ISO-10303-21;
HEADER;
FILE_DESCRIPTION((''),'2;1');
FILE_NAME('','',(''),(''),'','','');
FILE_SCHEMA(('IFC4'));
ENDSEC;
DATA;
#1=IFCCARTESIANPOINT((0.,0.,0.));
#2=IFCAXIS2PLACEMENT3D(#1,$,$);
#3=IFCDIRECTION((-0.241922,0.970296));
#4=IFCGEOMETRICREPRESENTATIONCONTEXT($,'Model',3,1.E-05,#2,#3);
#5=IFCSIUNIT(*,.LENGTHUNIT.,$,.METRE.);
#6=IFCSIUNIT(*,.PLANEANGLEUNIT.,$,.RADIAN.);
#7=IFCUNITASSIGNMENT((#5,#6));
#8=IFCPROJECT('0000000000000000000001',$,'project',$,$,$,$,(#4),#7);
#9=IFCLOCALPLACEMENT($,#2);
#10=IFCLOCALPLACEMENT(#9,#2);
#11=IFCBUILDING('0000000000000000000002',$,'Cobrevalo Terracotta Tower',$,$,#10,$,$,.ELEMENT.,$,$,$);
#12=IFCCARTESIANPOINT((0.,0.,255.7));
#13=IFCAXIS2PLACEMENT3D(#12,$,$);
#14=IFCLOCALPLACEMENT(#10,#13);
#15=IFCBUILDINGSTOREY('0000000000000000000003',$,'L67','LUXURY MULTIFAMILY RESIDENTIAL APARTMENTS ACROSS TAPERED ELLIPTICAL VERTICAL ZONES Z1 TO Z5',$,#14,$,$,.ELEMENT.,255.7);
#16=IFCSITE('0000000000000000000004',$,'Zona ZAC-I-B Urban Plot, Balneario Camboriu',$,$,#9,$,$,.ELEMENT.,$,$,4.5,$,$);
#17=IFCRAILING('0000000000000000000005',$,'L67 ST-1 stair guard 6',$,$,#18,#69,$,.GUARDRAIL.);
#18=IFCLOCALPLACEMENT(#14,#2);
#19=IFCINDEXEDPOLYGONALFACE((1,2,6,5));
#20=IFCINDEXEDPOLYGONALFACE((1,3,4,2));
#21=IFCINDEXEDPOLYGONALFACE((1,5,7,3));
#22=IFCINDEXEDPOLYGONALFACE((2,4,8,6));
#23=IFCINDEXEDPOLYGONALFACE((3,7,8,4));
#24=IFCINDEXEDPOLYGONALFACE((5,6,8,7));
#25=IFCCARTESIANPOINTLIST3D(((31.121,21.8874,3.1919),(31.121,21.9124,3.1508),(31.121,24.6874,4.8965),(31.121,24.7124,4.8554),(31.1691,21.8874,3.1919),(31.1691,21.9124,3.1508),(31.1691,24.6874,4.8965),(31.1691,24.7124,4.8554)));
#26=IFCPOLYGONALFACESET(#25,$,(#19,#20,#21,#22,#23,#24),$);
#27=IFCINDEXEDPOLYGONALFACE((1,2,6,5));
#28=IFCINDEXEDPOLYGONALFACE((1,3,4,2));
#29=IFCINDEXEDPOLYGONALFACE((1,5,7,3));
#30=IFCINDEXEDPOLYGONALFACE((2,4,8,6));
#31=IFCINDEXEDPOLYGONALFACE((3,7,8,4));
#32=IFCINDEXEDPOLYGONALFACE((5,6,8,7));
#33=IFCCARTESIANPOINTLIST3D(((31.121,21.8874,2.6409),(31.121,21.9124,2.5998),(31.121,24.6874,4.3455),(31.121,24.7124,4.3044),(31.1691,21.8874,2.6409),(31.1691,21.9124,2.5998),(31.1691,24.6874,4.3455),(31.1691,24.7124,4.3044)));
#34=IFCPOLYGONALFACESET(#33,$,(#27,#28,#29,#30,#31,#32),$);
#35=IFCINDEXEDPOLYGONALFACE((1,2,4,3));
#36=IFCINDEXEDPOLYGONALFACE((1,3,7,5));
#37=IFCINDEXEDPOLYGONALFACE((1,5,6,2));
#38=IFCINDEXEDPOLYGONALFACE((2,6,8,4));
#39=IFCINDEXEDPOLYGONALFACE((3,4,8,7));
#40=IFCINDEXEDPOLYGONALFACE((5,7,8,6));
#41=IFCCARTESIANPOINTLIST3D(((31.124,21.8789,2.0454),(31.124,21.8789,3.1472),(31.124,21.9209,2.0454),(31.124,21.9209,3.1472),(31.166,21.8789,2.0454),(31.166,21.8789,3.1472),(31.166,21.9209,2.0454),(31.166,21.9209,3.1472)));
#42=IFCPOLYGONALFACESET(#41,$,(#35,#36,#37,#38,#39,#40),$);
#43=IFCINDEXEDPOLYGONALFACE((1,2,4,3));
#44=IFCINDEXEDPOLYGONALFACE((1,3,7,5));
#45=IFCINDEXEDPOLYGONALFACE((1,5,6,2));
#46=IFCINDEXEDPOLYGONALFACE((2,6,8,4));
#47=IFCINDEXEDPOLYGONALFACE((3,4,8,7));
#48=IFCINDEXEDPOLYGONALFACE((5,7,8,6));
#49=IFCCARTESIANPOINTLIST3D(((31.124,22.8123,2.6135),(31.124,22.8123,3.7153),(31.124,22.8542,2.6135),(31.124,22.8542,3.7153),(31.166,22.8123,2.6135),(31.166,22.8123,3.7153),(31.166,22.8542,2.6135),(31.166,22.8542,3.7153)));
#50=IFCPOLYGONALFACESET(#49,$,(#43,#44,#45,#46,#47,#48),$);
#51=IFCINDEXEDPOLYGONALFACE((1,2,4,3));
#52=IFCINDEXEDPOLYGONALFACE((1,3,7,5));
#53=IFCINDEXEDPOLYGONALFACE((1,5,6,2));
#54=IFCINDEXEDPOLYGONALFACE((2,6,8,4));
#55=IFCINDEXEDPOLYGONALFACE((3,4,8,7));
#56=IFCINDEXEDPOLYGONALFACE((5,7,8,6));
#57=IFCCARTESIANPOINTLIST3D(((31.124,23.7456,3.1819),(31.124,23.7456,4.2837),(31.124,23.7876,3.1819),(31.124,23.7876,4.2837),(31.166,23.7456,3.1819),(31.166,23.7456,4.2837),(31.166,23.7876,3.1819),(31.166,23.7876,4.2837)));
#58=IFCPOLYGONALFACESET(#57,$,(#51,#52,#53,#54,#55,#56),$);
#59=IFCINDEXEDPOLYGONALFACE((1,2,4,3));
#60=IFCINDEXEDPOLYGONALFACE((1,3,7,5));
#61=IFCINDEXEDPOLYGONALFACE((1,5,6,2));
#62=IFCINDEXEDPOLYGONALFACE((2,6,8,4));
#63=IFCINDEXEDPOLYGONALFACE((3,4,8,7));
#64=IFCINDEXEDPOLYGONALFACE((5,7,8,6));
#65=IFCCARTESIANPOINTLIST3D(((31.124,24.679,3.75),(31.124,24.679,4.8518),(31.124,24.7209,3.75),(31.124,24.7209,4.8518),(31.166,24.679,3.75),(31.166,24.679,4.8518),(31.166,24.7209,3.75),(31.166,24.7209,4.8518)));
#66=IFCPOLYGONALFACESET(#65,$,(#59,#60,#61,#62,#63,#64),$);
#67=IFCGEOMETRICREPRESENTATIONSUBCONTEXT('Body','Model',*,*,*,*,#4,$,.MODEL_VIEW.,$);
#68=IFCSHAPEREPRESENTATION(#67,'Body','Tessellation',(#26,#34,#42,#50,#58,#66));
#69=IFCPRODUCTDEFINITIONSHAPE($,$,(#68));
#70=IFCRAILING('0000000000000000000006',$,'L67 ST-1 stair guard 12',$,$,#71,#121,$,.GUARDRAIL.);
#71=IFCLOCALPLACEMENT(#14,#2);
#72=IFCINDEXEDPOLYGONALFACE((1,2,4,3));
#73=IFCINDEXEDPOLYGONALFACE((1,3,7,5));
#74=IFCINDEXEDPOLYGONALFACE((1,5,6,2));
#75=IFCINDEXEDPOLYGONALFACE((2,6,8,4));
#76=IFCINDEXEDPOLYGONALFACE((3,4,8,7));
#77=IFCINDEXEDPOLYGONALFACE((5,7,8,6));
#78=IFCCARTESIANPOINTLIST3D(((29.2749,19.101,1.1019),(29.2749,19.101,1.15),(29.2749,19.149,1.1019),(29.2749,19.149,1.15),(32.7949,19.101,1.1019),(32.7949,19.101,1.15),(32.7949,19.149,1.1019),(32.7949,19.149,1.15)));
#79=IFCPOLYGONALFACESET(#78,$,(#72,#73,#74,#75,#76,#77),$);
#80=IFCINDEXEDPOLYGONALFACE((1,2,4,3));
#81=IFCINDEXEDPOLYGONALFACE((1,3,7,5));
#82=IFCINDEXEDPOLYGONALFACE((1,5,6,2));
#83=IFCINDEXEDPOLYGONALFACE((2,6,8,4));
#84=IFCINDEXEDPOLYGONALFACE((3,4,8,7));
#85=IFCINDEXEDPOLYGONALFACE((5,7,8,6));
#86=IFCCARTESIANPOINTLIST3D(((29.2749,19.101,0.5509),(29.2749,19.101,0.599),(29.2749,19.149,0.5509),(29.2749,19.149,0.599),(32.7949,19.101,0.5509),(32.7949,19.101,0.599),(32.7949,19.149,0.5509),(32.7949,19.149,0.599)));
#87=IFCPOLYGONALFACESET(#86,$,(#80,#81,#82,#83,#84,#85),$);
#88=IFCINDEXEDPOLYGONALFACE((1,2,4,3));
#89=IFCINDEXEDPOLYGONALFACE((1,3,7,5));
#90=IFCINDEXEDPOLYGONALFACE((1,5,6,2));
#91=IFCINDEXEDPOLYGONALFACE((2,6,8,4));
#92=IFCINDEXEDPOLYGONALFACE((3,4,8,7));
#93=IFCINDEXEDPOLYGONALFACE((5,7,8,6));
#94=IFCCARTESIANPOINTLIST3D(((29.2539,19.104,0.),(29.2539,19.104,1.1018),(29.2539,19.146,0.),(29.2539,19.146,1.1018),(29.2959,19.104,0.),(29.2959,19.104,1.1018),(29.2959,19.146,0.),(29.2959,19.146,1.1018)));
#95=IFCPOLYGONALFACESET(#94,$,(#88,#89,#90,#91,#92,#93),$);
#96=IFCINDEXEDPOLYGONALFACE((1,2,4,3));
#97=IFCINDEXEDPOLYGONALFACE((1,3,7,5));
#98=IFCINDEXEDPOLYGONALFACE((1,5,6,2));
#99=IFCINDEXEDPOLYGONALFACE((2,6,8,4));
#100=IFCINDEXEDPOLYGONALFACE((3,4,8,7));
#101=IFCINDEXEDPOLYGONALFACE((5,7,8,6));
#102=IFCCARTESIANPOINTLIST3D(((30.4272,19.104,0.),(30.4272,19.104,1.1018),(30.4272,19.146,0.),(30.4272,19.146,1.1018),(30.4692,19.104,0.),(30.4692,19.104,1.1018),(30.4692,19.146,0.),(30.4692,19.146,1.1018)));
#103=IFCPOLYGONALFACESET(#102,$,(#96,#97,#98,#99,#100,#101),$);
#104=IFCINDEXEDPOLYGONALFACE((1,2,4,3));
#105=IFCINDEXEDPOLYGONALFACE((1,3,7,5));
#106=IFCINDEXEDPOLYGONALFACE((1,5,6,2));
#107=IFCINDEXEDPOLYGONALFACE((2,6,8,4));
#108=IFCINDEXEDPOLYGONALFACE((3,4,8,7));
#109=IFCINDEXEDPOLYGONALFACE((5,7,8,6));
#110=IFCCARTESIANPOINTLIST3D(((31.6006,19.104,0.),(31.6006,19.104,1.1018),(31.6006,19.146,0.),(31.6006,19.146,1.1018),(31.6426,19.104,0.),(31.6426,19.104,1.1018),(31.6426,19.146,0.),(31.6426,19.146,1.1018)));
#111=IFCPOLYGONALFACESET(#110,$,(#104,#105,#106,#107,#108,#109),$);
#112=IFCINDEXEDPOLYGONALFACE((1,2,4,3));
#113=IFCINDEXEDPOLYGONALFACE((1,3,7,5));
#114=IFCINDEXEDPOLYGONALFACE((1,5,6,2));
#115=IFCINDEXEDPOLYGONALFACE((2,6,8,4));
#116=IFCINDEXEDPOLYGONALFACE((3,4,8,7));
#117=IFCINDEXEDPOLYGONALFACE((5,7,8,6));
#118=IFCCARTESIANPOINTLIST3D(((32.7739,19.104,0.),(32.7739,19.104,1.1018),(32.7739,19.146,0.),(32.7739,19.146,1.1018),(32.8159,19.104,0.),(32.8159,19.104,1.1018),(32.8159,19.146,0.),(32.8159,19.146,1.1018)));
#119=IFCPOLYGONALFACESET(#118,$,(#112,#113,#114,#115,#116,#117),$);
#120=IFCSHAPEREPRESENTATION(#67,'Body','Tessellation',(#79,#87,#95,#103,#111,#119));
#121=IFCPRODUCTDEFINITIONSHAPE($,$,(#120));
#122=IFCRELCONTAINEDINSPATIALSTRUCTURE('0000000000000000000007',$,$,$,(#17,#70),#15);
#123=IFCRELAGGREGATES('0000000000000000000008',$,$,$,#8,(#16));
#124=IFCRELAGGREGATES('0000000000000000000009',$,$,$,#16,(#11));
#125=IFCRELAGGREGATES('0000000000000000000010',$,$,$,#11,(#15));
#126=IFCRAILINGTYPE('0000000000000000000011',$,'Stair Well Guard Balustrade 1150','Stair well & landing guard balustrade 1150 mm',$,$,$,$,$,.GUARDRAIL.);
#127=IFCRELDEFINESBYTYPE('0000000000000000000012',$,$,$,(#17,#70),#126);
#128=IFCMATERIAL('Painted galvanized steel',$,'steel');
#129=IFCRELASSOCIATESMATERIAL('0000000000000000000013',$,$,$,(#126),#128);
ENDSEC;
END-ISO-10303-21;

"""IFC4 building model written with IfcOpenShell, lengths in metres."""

from ifc_helpers import new_model, si_unit, direction, frame, origin, origin_2d, place, context, subcontext, project, spatial, rectangle, extrude, material, type_object, element, save


model = new_model("IFC4")

# Units and contexts
model_context = context("Model", 3, precision=1e-05, world=origin(), true_north=direction((-0.241922, 0.970296)))
body_context = subcontext(model_context, "Body", "Model", "MODEL_VIEW")
ifc_project = project(units=[si_unit("LENGTHUNIT", "METRE"), si_unit("PLANEANGLEUNIT", "RADIAN")], contexts=[model_context])

# Site, building, storey
site_placement = place(None, origin())
site = spatial("IfcSite", under=ifc_project, at=site_placement, Name="Zona ZAC-I-B Urban Plot, Balneario Camboriu", CompositionType="ELEMENT", RefElevation=4.5)
building_placement = place(site_placement, origin())
building = spatial("IfcBuilding", under=site, at=building_placement, Name="Cobrevalo Terracotta Tower", CompositionType="ELEMENT")
storey_placement = place(building_placement, frame((0.0, 0.0, 255.7)))
storey = spatial("IfcBuildingStorey", under=building, at=storey_placement, Name="L67", Description="LUXURY MULTIFAMILY RESIDENTIAL APARTMENTS ACROSS TAPERED ELLIPTICAL VERTICAL ZONES Z1 TO Z5", CompositionType="ELEMENT", Elevation=255.7)

# Railings
ifc_material_1 = material(Name="Painted galvanized steel", Category="steel")
railing_type_1 = type_object("IfcRailingType", Name="Stair Well Guard Balustrade 1150", Description="Stair well & landing guard balustrade 1150 mm", PredefinedType="GUARDRAIL", material=ifc_material_1)
railing_1_placement = place(storey_placement, frame((31.145, 21.8999, 2.0454)))
element("IfcRailing", 1, at=railing_1_placement, inside=storey, type_object=railing_type_1, Name="L67 ST-1 stair guard 6", PredefinedType="GUARDRAIL", context=body_context, shape_type="SweptSolid", body=[
    extrude(rectangle(XDim=0.0481, YDim=0.0481, at=origin_2d()), frame((0.0, 0.0, 1.126), z_axis=(0.0, 0.85417, 0.519994), x_axis=(-1.0, 0.0, 0.0)), (0.0, 0.0, 1.0), 3.2781),
    extrude(rectangle(XDim=0.0481, YDim=0.0481, at=origin_2d()), frame((0.0, 0.0, 0.575), z_axis=(0.0, 0.85417, 0.519994), x_axis=(-1.0, 0.0, 0.0)), (0.0, 0.0, 1.0), 3.2781),
    extrude(rectangle(XDim=0.042, YDim=0.042, at=origin_2d()), origin(), (0.0, 0.0, 1.0), 1.1018),
    extrude(rectangle(XDim=0.042, YDim=0.042, at=origin_2d()), frame((0.0, 0.9333, 0.5681)), (0.0, 0.0, 1.0), 1.1018),
    extrude(rectangle(XDim=0.042, YDim=0.042, at=origin_2d()), frame((0.0, 1.8667, 1.1365)), (0.0, 0.0, 1.0), 1.1018),
    extrude(rectangle(XDim=0.042, YDim=0.042, at=origin_2d()), frame((0.0, 2.8, 1.7046)), (0.0, 0.0, 1.0), 1.1018),
])
railing_2_placement = place(storey_placement, frame((29.2749, 19.125, 0.0)))
element("IfcRailing", 2, at=railing_2_placement, inside=storey, type_object=railing_type_1, Name="L67 ST-1 stair guard 12", PredefinedType="GUARDRAIL", context=body_context, shape_type="SweptSolid", body=[
    extrude(rectangle(XDim=0.0481, YDim=0.0481, at=origin_2d()), frame((0.0, 0.0, 1.126), z_axis=(1.0, 0.0, 0.0), x_axis=(0.0, 1.0, 0.0)), (0.0, 0.0, 1.0), 3.52),
    extrude(rectangle(XDim=0.0481, YDim=0.0481, at=origin_2d()), frame((0.0, 0.0, 0.575), z_axis=(1.0, 0.0, 0.0), x_axis=(0.0, 1.0, 0.0)), (0.0, 0.0, 1.0), 3.52),
    extrude(rectangle(XDim=0.042, YDim=0.042, at=origin_2d()), origin(), (0.0, 0.0, 1.0), 1.1018),
    extrude(rectangle(XDim=0.042, YDim=0.042, at=origin_2d()), frame((1.1733, 0.0, 0.0)), (0.0, 0.0, 1.0), 1.1018),
    extrude(rectangle(XDim=0.042, YDim=0.042, at=origin_2d()), frame((2.3467, 0.0, 0.0)), (0.0, 0.0, 1.0), 1.1018),
    extrude(rectangle(XDim=0.042, YDim=0.042, at=origin_2d()), frame((3.52, 0.0, 0.0)), (0.0, 0.0, 1.0), 1.1018),
])

save(model, "model.ifc")
